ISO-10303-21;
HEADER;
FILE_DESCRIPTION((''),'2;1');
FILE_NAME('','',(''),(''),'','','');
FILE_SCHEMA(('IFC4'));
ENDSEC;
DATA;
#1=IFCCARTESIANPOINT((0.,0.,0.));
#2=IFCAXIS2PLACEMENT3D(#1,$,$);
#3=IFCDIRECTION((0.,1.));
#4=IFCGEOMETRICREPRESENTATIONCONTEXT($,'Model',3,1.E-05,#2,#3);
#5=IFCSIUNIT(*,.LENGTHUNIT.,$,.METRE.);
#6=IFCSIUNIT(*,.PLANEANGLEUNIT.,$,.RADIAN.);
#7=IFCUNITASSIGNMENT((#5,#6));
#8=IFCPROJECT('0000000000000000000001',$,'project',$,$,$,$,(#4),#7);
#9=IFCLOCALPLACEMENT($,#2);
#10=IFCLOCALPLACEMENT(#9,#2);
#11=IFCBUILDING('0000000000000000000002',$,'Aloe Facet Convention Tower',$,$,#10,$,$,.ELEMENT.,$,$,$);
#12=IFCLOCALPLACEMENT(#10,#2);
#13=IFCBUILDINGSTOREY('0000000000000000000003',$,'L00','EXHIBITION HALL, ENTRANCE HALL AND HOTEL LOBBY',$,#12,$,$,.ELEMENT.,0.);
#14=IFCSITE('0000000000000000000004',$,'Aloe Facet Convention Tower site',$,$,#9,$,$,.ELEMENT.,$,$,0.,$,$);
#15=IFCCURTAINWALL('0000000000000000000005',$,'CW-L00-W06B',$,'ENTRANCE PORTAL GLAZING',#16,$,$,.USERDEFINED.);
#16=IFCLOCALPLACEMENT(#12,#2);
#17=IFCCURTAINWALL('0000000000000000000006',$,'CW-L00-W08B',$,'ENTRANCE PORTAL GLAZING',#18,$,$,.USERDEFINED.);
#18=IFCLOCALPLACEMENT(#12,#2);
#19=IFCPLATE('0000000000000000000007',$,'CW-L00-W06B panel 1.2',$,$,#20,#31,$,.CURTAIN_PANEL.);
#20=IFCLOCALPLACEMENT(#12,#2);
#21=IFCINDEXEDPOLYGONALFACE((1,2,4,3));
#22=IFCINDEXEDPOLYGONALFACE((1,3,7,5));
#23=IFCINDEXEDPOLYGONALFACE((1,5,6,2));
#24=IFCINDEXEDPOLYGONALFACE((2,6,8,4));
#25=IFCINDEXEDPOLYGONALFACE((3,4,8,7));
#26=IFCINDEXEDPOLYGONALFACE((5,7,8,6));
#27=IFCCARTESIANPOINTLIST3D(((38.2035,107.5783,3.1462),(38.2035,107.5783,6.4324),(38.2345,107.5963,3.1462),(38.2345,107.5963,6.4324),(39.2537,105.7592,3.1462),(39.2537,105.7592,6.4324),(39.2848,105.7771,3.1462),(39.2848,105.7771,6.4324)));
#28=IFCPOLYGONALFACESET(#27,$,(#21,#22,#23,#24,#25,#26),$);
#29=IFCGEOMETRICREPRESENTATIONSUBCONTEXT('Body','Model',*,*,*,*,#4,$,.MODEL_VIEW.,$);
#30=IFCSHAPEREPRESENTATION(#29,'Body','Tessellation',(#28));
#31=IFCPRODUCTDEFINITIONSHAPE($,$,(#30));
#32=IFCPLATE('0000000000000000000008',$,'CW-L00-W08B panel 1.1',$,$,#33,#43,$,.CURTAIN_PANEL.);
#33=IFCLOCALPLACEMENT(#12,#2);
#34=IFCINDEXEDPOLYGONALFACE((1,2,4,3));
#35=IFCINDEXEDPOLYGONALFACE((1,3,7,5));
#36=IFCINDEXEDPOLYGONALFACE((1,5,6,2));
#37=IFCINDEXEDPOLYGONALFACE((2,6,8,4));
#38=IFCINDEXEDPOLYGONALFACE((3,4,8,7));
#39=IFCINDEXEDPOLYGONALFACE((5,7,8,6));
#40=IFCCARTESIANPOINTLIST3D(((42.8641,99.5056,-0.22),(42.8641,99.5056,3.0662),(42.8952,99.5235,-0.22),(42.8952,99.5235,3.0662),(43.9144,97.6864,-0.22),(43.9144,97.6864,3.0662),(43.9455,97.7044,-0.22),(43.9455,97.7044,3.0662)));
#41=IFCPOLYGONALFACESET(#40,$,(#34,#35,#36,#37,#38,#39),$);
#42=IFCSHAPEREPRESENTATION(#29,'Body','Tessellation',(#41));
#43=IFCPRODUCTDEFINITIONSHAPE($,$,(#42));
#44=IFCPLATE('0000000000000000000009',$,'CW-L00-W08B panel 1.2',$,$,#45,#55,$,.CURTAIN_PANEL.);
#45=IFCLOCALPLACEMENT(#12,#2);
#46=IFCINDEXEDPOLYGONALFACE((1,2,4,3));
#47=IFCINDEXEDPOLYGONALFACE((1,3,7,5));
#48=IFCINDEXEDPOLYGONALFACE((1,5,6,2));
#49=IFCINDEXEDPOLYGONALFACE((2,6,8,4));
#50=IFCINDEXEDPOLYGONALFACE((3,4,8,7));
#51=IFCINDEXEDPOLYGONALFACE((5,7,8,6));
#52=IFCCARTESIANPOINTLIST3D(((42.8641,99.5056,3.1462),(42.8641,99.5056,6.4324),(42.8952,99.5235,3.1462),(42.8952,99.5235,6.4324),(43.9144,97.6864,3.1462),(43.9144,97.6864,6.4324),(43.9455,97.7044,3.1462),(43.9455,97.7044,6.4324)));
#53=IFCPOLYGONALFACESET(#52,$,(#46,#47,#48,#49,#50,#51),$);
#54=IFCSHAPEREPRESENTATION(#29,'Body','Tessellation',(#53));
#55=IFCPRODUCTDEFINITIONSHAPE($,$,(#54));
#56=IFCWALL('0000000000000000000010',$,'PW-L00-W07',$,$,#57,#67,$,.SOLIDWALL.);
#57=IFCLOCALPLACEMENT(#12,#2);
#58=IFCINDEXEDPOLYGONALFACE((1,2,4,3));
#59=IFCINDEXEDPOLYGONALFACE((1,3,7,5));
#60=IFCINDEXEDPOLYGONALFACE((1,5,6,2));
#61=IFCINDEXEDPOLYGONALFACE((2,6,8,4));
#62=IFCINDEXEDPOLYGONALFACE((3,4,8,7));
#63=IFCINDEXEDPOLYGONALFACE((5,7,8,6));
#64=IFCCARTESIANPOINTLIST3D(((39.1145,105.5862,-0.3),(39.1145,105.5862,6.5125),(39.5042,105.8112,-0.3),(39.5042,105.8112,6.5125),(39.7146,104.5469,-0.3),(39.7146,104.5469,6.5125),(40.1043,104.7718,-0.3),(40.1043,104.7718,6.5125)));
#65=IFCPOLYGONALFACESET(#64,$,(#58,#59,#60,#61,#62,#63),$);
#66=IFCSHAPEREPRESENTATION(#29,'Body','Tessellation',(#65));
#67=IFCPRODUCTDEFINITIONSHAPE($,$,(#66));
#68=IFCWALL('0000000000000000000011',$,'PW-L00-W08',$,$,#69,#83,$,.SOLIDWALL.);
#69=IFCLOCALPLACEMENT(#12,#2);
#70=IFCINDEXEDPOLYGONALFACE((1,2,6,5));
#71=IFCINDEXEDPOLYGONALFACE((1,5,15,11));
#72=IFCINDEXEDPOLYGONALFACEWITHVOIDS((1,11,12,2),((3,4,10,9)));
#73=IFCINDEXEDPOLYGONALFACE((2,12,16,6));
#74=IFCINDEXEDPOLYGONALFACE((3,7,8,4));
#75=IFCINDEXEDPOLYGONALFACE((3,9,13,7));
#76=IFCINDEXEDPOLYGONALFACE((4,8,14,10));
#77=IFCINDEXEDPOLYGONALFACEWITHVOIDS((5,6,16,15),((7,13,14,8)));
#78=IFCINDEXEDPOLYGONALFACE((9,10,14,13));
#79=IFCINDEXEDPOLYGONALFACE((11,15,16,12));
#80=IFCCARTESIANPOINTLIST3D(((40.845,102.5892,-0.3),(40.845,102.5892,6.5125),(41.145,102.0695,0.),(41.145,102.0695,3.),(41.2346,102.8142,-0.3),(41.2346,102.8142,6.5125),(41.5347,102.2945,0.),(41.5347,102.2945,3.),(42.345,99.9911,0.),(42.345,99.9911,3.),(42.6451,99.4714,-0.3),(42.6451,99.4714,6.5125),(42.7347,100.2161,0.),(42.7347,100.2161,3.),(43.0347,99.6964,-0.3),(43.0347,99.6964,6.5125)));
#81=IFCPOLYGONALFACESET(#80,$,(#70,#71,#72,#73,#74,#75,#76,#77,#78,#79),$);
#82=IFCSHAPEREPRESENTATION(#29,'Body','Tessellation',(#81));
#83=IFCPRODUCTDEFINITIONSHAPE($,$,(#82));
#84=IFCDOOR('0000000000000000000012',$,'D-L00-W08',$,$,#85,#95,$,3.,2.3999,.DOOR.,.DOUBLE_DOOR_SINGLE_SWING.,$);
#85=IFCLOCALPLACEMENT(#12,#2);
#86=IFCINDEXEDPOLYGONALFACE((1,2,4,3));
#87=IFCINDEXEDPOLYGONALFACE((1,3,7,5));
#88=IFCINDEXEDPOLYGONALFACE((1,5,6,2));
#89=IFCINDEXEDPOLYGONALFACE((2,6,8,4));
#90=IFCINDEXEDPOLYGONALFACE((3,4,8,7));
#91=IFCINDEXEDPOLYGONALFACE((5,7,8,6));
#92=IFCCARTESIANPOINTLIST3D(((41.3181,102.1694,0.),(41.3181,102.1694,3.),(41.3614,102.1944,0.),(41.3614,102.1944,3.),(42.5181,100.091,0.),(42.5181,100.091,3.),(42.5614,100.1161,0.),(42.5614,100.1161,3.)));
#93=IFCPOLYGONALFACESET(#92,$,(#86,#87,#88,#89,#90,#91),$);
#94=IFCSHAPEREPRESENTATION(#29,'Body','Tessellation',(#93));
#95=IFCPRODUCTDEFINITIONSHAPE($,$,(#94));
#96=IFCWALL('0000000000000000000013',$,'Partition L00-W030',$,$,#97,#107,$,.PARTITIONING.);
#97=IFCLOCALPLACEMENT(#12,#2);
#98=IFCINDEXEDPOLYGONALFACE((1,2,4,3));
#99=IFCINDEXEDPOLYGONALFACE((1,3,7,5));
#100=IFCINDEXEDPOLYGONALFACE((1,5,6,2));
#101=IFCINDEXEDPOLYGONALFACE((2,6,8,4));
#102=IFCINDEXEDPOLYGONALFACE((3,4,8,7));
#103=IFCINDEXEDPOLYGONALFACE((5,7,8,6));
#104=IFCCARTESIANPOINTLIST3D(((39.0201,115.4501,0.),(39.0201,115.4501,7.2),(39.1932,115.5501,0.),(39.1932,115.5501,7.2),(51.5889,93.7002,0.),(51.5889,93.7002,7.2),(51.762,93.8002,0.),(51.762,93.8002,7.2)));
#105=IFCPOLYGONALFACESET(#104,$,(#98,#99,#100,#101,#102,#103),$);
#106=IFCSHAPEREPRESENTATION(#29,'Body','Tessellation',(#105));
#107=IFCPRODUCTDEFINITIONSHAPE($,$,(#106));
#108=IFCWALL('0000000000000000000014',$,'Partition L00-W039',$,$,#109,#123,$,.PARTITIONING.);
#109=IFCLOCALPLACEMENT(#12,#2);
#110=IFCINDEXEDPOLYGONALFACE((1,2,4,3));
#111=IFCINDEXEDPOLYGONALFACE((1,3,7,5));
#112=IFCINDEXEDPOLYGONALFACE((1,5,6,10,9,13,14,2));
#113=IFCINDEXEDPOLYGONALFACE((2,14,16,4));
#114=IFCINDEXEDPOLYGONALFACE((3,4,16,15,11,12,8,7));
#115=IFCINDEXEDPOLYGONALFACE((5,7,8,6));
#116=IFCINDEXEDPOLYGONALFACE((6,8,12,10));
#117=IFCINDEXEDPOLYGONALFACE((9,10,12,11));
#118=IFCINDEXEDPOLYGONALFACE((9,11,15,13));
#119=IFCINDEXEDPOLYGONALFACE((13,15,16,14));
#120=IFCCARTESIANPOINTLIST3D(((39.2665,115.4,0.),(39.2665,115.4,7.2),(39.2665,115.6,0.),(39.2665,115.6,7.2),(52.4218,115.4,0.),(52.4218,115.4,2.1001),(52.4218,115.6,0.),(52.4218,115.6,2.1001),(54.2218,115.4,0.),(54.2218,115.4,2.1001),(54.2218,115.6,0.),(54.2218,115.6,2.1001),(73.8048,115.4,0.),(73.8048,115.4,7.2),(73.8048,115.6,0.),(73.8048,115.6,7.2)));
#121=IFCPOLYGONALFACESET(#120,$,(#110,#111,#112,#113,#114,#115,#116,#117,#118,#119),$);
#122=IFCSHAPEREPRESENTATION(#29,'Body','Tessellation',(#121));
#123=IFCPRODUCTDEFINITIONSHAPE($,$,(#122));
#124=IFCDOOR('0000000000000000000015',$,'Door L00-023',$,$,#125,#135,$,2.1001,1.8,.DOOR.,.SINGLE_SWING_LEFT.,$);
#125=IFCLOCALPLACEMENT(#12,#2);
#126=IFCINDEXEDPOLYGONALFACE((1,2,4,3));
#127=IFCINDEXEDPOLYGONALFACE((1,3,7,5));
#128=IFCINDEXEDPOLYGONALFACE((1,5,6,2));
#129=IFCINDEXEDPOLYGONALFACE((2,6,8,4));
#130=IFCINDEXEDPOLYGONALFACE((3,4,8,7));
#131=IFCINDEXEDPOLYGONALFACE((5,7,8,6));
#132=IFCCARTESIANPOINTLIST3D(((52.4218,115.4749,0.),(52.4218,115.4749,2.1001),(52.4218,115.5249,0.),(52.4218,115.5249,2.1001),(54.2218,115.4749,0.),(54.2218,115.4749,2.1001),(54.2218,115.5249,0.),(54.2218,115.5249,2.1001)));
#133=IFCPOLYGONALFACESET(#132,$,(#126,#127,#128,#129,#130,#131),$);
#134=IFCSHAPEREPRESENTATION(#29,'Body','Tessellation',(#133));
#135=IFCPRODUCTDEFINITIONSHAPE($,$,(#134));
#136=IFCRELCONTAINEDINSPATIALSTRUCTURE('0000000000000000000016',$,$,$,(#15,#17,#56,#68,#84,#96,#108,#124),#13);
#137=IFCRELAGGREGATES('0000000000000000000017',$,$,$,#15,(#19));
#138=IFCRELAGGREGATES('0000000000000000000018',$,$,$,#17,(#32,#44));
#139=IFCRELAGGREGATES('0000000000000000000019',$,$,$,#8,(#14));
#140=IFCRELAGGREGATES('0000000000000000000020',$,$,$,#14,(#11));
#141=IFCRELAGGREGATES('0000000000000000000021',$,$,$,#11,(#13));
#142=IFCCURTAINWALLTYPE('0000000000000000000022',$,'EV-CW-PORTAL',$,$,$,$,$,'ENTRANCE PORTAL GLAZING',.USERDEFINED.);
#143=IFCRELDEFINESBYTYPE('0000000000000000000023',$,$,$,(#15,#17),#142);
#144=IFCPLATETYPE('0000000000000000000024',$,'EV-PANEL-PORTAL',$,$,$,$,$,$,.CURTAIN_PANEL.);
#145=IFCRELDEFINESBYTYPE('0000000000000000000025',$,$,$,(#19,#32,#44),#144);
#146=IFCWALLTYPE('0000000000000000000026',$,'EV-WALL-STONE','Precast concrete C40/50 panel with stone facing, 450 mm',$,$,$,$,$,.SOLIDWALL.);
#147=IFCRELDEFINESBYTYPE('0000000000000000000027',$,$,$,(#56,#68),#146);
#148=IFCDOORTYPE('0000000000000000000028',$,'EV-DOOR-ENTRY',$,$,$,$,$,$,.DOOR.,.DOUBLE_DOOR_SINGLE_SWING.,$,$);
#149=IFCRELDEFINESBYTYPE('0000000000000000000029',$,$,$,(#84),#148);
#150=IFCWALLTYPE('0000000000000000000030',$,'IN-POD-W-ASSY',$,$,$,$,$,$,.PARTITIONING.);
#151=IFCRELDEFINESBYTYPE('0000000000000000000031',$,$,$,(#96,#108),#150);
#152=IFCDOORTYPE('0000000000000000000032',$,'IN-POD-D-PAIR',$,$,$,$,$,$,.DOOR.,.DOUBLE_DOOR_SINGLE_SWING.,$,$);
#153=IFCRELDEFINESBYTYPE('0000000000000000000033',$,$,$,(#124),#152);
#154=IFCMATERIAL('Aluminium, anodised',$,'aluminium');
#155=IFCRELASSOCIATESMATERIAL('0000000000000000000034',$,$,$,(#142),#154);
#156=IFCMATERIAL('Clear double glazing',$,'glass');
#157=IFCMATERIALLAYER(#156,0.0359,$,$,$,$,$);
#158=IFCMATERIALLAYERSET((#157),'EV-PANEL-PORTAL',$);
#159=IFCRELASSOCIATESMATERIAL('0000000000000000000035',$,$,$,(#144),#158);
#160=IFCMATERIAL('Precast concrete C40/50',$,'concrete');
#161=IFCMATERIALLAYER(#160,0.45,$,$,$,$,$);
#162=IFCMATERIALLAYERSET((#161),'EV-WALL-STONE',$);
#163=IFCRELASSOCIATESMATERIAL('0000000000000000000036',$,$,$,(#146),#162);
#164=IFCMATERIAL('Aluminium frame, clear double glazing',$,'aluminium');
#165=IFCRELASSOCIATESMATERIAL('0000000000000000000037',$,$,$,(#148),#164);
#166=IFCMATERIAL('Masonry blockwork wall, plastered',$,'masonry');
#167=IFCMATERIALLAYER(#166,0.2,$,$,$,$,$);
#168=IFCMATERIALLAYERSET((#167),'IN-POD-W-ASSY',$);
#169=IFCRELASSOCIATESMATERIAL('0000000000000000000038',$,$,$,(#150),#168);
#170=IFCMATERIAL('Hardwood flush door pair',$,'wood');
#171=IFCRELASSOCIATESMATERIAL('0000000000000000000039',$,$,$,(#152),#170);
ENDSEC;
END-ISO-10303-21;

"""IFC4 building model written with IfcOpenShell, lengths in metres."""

from ifc_helpers import new_model, si_unit, direction, frame, frame_2d, origin, origin_2d, place, context, subcontext, project, spatial, rectangle, extrude, material, layer, layer_set, type_object, element, fill, aggregate, save


model = new_model("IFC4")

# Units and contexts
model_context = context("Model", 3, precision=1e-05, world=origin(), true_north=direction((0.0, 1.0)))
body_context = subcontext(model_context, "Body", "Model", "MODEL_VIEW")
ifc_project = project(units=[si_unit("LENGTHUNIT", "METRE"), si_unit("PLANEANGLEUNIT", "RADIAN")], contexts=[model_context])

# Site, building, storey
site_placement = place(None, origin())
site = spatial("IfcSite", under=ifc_project, at=site_placement, Name="Aloe Facet Convention Tower site", CompositionType="ELEMENT", RefElevation=0.0)
building_placement = place(site_placement, origin())
building = spatial("IfcBuilding", under=site, at=building_placement, Name="Aloe Facet Convention Tower", CompositionType="ELEMENT")
storey_placement = place(building_placement, origin())
storey = spatial("IfcBuildingStorey", under=building, at=storey_placement, Name="L00", Description="EXHIBITION HALL, ENTRANCE HALL AND HOTEL LOBBY", CompositionType="ELEMENT", Elevation=0.0)

# Curtain wall
ifc_material_1 = material(Name="Aluminium, anodised", Category="aluminium")
curtain_wall_type = type_object("IfcCurtainWallType", Name="EV-CW-PORTAL", ElementType="ENTRANCE PORTAL GLAZING", PredefinedType="USERDEFINED", material=ifc_material_1)
curtain_wall_1_placement = place(storey_placement, origin())
curtain_wall_1 = element("IfcCurtainWall", 1, at=curtain_wall_1_placement, inside=storey, type_object=curtain_wall_type, Name="CW-L00-W06B", ObjectType="ENTRANCE PORTAL GLAZING", PredefinedType="USERDEFINED")

# Curtain wall
curtain_wall_2_placement = place(storey_placement, origin())
curtain_wall_2 = element("IfcCurtainWall", 2, at=curtain_wall_2_placement, inside=storey, type_object=curtain_wall_type, Name="CW-L00-W08B", ObjectType="ENTRANCE PORTAL GLAZING", PredefinedType="USERDEFINED")

# Plates
ifc_material_2 = material(Name="Clear double glazing", Category="glass")
ifc_layer_1 = layer(ifc_material_2, 0.0359)
ifc_layer_set_1 = layer_set([ifc_layer_1], Name="EV-PANEL-PORTAL")
plate_type = type_object("IfcPlateType", Name="EV-PANEL-PORTAL", PredefinedType="CURTAIN_PANEL", material=ifc_layer_set_1)
plate_1_placement = place(storey_placement, frame((38.7441, 106.6777, 3.1462), z_axis=(0.0, 0.0, 1.0), x_axis=(0.5, -0.866025, 0.0)))
plate_1 = element("IfcPlate", 3, at=plate_1_placement, type_object=plate_type, Name="CW-L00-W06B panel 1.2", PredefinedType="CURTAIN_PANEL", context=body_context, shape_type="SweptSolid", body=[
    extrude(rectangle(XDim=2.1006, YDim=0.0359, at=origin_2d()), origin(), (0.0, 0.0, 1.0), 3.2861),
])
aggregate(curtain_wall_1, [plate_1])
plate_2_placement = place(storey_placement, frame((43.4048, 98.605, -0.22), z_axis=(0.0, 0.0, 1.0), x_axis=(0.5, -0.866025, 0.0)))
plate_2 = element("IfcPlate", 4, at=plate_2_placement, type_object=plate_type, Name="CW-L00-W08B panel 1.1", PredefinedType="CURTAIN_PANEL", context=body_context, shape_type="SweptSolid", body=[
    extrude(rectangle(XDim=2.1006, YDim=0.0359, at=origin_2d()), origin(), (0.0, 0.0, 1.0), 3.2861),
])
plate_3_placement = place(storey_placement, frame((43.4048, 98.605, 3.1462), z_axis=(0.0, 0.0, 1.0), x_axis=(0.5, -0.866025, 0.0)))
plate_3 = element("IfcPlate", 5, at=plate_3_placement, type_object=plate_type, Name="CW-L00-W08B panel 1.2", PredefinedType="CURTAIN_PANEL", context=body_context, shape_type="SweptSolid", body=[
    extrude(rectangle(XDim=2.1006, YDim=0.0359, at=origin_2d()), origin(), (0.0, 0.0, 1.0), 3.2861),
])
aggregate(curtain_wall_2, [plate_2, plate_3])

# Wall
ifc_material_3 = material(Name="Precast concrete C40/50", Category="concrete")
ifc_layer_2 = layer(ifc_material_3, 0.45)
ifc_layer_set_2 = layer_set([ifc_layer_2], Name="EV-WALL-STONE")
wall_type_1 = type_object("IfcWallType", Name="EV-WALL-STONE", Description="Precast concrete C40/50 panel with stone facing, 450 mm", PredefinedType="SOLIDWALL", material=ifc_layer_set_2)
wall_1_placement = place(storey_placement, frame((39.3093, 105.6987, -0.3), z_axis=(0.0, 0.0, 1.0), x_axis=(0.500034, -0.866006, 0.0)))
element("IfcWall", 6, at=wall_1_placement, inside=storey, type_object=wall_type_1, Name="PW-L00-W07", PredefinedType="SOLIDWALL", context=body_context, shape_type="SweptSolid", body=[
    extrude(rectangle(XDim=1.2002, YDim=0.45, at=frame_2d((0.6001, 0.0))), origin(), (0.0, 0.0, 1.0), 6.8125),
])

# Wall, opening, door
wall_2_placement = place(storey_placement, frame((41.0398, 102.7017, -0.3), z_axis=(0.0, 0.0, 1.0), x_axis=(0.500012, -0.866018, 0.0)))
wall_2 = element("IfcWall", 7, at=wall_2_placement, inside=storey, type_object=wall_type_1, Name="PW-L00-W08", PredefinedType="SOLIDWALL", context=body_context, shape_type="SweptSolid", body=[
    extrude(rectangle(XDim=3.6001, YDim=0.45, at=frame_2d((1.8, 0.0))), origin(), (0.0, 0.0, 1.0), 6.8125),
])
opening_1_placement = place(wall_2_placement, frame((0.6001, 0.0, 0.3)))
opening_1 = element("IfcOpeningElement", 8, at=opening_1_placement, cuts=wall_2, PredefinedType="OPENING", context=body_context, shape_type="SweptSolid", body=[
    extrude(rectangle(XDim=2.3999, YDim=3.0, at=frame_2d((1.2, 1.5))), frame((0.0, 0.2349, 0.0), z_axis=(0.0, -1.0, 0.0), x_axis=(1.0, 0.0, 0.0)), (0.0, 0.0, 1.0), 0.47),
])
ifc_material_4 = material(Name="Aluminium frame, clear double glazing", Category="aluminium")
door_type_1 = type_object("IfcDoorType", Name="EV-DOOR-ENTRY", OperationType="DOUBLE_DOOR_SINGLE_SWING", PredefinedType="DOOR", material=ifc_material_4)
door_1_placement = place(opening_1_placement, origin())
door_1 = element("IfcDoor", 9, at=door_1_placement, inside=storey, type_object=door_type_1, Name="D-L00-W08", OperationType="DOUBLE_DOOR_SINGLE_SWING", OverallHeight=3.0, OverallWidth=2.3999, PredefinedType="DOOR", context=body_context, shape_type="SweptSolid", body=[
    extrude(rectangle(XDim=2.3999, YDim=3.0, at=frame_2d((1.2, 1.5))), frame((0.0, 0.0249, 0.0), z_axis=(0.0, -1.0, 0.0), x_axis=(1.0, 0.0, 0.0)), (0.0, 0.0, 1.0), 0.05),
])
fill(opening_1, door_1)

# Wall
ifc_material_5 = material(Name="Masonry blockwork wall, plastered", Category="masonry")
ifc_layer_3 = layer(ifc_material_5, 0.2)
ifc_layer_set_3 = layer_set([ifc_layer_3], Name="IN-POD-W-ASSY")
wall_type_2 = type_object("IfcWallType", Name="IN-POD-W-ASSY", PredefinedType="PARTITIONING", material=ifc_layer_set_3)
wall_3_placement = place(storey_placement, frame((39.1067, 115.5, 0.0), z_axis=(0.0, 0.0, 1.0), x_axis=(0.500343, -0.865827, 0.0)))
element("IfcWall", 10, at=wall_3_placement, inside=storey, type_object=wall_type_2, Name="Partition L00-W030", PredefinedType="PARTITIONING", context=body_context, shape_type="SweptSolid", body=[
    extrude(rectangle(XDim=25.1204, YDim=0.2, at=frame_2d((12.5601, 0.0))), origin(), (0.0, 0.0, 1.0), 7.2),
])

# Wall, opening, door
wall_4_placement = place(storey_placement, frame((39.2666, 115.5, 0.0), z_axis=(0.0, 0.0, 1.0), x_axis=(1.0, 0.0, 0.0)))
wall_4 = element("IfcWall", 11, at=wall_4_placement, inside=storey, type_object=wall_type_2, Name="Partition L00-W039", PredefinedType="PARTITIONING", context=body_context, shape_type="SweptSolid", body=[
    extrude(rectangle(XDim=34.5383, YDim=0.2, at=frame_2d((17.269, 0.0))), origin(), (0.0, 0.0, 1.0), 7.2),
])
opening_2_placement = place(wall_4_placement, frame((13.1553, 0.0, 0.0)))
opening_2 = element("IfcOpeningElement", 12, at=opening_2_placement, cuts=wall_4, PredefinedType="OPENING", context=body_context, shape_type="SweptSolid", body=[
    extrude(rectangle(XDim=1.8, YDim=2.1001, at=frame_2d((0.8999, 1.05))), frame((0.0, 0.1099, 0.0), z_axis=(0.0, -1.0, 0.0), x_axis=(1.0, 0.0, 0.0)), (0.0, 0.0, 1.0), 0.22),
])
ifc_material_6 = material(Name="Hardwood flush door pair", Category="wood")
door_type_2 = type_object("IfcDoorType", Name="IN-POD-D-PAIR", OperationType="DOUBLE_DOOR_SINGLE_SWING", PredefinedType="DOOR", material=ifc_material_6)
door_2_placement = place(opening_2_placement, origin())
door_2 = element("IfcDoor", 13, at=door_2_placement, inside=storey, type_object=door_type_2, Name="Door L00-023", OperationType="SINGLE_SWING_LEFT", OverallHeight=2.1001, OverallWidth=1.8, PredefinedType="DOOR", context=body_context, shape_type="SweptSolid", body=[
    extrude(rectangle(XDim=1.8, YDim=2.1001, at=frame_2d((0.8999, 1.05))), frame((0.0, 0.0249, 0.0), z_axis=(0.0, -1.0, 0.0), x_axis=(1.0, 0.0, 0.0)), (0.0, 0.0, 1.0), 0.05),
])
fill(opening_2, door_2)

save(model, "model.ifc")
